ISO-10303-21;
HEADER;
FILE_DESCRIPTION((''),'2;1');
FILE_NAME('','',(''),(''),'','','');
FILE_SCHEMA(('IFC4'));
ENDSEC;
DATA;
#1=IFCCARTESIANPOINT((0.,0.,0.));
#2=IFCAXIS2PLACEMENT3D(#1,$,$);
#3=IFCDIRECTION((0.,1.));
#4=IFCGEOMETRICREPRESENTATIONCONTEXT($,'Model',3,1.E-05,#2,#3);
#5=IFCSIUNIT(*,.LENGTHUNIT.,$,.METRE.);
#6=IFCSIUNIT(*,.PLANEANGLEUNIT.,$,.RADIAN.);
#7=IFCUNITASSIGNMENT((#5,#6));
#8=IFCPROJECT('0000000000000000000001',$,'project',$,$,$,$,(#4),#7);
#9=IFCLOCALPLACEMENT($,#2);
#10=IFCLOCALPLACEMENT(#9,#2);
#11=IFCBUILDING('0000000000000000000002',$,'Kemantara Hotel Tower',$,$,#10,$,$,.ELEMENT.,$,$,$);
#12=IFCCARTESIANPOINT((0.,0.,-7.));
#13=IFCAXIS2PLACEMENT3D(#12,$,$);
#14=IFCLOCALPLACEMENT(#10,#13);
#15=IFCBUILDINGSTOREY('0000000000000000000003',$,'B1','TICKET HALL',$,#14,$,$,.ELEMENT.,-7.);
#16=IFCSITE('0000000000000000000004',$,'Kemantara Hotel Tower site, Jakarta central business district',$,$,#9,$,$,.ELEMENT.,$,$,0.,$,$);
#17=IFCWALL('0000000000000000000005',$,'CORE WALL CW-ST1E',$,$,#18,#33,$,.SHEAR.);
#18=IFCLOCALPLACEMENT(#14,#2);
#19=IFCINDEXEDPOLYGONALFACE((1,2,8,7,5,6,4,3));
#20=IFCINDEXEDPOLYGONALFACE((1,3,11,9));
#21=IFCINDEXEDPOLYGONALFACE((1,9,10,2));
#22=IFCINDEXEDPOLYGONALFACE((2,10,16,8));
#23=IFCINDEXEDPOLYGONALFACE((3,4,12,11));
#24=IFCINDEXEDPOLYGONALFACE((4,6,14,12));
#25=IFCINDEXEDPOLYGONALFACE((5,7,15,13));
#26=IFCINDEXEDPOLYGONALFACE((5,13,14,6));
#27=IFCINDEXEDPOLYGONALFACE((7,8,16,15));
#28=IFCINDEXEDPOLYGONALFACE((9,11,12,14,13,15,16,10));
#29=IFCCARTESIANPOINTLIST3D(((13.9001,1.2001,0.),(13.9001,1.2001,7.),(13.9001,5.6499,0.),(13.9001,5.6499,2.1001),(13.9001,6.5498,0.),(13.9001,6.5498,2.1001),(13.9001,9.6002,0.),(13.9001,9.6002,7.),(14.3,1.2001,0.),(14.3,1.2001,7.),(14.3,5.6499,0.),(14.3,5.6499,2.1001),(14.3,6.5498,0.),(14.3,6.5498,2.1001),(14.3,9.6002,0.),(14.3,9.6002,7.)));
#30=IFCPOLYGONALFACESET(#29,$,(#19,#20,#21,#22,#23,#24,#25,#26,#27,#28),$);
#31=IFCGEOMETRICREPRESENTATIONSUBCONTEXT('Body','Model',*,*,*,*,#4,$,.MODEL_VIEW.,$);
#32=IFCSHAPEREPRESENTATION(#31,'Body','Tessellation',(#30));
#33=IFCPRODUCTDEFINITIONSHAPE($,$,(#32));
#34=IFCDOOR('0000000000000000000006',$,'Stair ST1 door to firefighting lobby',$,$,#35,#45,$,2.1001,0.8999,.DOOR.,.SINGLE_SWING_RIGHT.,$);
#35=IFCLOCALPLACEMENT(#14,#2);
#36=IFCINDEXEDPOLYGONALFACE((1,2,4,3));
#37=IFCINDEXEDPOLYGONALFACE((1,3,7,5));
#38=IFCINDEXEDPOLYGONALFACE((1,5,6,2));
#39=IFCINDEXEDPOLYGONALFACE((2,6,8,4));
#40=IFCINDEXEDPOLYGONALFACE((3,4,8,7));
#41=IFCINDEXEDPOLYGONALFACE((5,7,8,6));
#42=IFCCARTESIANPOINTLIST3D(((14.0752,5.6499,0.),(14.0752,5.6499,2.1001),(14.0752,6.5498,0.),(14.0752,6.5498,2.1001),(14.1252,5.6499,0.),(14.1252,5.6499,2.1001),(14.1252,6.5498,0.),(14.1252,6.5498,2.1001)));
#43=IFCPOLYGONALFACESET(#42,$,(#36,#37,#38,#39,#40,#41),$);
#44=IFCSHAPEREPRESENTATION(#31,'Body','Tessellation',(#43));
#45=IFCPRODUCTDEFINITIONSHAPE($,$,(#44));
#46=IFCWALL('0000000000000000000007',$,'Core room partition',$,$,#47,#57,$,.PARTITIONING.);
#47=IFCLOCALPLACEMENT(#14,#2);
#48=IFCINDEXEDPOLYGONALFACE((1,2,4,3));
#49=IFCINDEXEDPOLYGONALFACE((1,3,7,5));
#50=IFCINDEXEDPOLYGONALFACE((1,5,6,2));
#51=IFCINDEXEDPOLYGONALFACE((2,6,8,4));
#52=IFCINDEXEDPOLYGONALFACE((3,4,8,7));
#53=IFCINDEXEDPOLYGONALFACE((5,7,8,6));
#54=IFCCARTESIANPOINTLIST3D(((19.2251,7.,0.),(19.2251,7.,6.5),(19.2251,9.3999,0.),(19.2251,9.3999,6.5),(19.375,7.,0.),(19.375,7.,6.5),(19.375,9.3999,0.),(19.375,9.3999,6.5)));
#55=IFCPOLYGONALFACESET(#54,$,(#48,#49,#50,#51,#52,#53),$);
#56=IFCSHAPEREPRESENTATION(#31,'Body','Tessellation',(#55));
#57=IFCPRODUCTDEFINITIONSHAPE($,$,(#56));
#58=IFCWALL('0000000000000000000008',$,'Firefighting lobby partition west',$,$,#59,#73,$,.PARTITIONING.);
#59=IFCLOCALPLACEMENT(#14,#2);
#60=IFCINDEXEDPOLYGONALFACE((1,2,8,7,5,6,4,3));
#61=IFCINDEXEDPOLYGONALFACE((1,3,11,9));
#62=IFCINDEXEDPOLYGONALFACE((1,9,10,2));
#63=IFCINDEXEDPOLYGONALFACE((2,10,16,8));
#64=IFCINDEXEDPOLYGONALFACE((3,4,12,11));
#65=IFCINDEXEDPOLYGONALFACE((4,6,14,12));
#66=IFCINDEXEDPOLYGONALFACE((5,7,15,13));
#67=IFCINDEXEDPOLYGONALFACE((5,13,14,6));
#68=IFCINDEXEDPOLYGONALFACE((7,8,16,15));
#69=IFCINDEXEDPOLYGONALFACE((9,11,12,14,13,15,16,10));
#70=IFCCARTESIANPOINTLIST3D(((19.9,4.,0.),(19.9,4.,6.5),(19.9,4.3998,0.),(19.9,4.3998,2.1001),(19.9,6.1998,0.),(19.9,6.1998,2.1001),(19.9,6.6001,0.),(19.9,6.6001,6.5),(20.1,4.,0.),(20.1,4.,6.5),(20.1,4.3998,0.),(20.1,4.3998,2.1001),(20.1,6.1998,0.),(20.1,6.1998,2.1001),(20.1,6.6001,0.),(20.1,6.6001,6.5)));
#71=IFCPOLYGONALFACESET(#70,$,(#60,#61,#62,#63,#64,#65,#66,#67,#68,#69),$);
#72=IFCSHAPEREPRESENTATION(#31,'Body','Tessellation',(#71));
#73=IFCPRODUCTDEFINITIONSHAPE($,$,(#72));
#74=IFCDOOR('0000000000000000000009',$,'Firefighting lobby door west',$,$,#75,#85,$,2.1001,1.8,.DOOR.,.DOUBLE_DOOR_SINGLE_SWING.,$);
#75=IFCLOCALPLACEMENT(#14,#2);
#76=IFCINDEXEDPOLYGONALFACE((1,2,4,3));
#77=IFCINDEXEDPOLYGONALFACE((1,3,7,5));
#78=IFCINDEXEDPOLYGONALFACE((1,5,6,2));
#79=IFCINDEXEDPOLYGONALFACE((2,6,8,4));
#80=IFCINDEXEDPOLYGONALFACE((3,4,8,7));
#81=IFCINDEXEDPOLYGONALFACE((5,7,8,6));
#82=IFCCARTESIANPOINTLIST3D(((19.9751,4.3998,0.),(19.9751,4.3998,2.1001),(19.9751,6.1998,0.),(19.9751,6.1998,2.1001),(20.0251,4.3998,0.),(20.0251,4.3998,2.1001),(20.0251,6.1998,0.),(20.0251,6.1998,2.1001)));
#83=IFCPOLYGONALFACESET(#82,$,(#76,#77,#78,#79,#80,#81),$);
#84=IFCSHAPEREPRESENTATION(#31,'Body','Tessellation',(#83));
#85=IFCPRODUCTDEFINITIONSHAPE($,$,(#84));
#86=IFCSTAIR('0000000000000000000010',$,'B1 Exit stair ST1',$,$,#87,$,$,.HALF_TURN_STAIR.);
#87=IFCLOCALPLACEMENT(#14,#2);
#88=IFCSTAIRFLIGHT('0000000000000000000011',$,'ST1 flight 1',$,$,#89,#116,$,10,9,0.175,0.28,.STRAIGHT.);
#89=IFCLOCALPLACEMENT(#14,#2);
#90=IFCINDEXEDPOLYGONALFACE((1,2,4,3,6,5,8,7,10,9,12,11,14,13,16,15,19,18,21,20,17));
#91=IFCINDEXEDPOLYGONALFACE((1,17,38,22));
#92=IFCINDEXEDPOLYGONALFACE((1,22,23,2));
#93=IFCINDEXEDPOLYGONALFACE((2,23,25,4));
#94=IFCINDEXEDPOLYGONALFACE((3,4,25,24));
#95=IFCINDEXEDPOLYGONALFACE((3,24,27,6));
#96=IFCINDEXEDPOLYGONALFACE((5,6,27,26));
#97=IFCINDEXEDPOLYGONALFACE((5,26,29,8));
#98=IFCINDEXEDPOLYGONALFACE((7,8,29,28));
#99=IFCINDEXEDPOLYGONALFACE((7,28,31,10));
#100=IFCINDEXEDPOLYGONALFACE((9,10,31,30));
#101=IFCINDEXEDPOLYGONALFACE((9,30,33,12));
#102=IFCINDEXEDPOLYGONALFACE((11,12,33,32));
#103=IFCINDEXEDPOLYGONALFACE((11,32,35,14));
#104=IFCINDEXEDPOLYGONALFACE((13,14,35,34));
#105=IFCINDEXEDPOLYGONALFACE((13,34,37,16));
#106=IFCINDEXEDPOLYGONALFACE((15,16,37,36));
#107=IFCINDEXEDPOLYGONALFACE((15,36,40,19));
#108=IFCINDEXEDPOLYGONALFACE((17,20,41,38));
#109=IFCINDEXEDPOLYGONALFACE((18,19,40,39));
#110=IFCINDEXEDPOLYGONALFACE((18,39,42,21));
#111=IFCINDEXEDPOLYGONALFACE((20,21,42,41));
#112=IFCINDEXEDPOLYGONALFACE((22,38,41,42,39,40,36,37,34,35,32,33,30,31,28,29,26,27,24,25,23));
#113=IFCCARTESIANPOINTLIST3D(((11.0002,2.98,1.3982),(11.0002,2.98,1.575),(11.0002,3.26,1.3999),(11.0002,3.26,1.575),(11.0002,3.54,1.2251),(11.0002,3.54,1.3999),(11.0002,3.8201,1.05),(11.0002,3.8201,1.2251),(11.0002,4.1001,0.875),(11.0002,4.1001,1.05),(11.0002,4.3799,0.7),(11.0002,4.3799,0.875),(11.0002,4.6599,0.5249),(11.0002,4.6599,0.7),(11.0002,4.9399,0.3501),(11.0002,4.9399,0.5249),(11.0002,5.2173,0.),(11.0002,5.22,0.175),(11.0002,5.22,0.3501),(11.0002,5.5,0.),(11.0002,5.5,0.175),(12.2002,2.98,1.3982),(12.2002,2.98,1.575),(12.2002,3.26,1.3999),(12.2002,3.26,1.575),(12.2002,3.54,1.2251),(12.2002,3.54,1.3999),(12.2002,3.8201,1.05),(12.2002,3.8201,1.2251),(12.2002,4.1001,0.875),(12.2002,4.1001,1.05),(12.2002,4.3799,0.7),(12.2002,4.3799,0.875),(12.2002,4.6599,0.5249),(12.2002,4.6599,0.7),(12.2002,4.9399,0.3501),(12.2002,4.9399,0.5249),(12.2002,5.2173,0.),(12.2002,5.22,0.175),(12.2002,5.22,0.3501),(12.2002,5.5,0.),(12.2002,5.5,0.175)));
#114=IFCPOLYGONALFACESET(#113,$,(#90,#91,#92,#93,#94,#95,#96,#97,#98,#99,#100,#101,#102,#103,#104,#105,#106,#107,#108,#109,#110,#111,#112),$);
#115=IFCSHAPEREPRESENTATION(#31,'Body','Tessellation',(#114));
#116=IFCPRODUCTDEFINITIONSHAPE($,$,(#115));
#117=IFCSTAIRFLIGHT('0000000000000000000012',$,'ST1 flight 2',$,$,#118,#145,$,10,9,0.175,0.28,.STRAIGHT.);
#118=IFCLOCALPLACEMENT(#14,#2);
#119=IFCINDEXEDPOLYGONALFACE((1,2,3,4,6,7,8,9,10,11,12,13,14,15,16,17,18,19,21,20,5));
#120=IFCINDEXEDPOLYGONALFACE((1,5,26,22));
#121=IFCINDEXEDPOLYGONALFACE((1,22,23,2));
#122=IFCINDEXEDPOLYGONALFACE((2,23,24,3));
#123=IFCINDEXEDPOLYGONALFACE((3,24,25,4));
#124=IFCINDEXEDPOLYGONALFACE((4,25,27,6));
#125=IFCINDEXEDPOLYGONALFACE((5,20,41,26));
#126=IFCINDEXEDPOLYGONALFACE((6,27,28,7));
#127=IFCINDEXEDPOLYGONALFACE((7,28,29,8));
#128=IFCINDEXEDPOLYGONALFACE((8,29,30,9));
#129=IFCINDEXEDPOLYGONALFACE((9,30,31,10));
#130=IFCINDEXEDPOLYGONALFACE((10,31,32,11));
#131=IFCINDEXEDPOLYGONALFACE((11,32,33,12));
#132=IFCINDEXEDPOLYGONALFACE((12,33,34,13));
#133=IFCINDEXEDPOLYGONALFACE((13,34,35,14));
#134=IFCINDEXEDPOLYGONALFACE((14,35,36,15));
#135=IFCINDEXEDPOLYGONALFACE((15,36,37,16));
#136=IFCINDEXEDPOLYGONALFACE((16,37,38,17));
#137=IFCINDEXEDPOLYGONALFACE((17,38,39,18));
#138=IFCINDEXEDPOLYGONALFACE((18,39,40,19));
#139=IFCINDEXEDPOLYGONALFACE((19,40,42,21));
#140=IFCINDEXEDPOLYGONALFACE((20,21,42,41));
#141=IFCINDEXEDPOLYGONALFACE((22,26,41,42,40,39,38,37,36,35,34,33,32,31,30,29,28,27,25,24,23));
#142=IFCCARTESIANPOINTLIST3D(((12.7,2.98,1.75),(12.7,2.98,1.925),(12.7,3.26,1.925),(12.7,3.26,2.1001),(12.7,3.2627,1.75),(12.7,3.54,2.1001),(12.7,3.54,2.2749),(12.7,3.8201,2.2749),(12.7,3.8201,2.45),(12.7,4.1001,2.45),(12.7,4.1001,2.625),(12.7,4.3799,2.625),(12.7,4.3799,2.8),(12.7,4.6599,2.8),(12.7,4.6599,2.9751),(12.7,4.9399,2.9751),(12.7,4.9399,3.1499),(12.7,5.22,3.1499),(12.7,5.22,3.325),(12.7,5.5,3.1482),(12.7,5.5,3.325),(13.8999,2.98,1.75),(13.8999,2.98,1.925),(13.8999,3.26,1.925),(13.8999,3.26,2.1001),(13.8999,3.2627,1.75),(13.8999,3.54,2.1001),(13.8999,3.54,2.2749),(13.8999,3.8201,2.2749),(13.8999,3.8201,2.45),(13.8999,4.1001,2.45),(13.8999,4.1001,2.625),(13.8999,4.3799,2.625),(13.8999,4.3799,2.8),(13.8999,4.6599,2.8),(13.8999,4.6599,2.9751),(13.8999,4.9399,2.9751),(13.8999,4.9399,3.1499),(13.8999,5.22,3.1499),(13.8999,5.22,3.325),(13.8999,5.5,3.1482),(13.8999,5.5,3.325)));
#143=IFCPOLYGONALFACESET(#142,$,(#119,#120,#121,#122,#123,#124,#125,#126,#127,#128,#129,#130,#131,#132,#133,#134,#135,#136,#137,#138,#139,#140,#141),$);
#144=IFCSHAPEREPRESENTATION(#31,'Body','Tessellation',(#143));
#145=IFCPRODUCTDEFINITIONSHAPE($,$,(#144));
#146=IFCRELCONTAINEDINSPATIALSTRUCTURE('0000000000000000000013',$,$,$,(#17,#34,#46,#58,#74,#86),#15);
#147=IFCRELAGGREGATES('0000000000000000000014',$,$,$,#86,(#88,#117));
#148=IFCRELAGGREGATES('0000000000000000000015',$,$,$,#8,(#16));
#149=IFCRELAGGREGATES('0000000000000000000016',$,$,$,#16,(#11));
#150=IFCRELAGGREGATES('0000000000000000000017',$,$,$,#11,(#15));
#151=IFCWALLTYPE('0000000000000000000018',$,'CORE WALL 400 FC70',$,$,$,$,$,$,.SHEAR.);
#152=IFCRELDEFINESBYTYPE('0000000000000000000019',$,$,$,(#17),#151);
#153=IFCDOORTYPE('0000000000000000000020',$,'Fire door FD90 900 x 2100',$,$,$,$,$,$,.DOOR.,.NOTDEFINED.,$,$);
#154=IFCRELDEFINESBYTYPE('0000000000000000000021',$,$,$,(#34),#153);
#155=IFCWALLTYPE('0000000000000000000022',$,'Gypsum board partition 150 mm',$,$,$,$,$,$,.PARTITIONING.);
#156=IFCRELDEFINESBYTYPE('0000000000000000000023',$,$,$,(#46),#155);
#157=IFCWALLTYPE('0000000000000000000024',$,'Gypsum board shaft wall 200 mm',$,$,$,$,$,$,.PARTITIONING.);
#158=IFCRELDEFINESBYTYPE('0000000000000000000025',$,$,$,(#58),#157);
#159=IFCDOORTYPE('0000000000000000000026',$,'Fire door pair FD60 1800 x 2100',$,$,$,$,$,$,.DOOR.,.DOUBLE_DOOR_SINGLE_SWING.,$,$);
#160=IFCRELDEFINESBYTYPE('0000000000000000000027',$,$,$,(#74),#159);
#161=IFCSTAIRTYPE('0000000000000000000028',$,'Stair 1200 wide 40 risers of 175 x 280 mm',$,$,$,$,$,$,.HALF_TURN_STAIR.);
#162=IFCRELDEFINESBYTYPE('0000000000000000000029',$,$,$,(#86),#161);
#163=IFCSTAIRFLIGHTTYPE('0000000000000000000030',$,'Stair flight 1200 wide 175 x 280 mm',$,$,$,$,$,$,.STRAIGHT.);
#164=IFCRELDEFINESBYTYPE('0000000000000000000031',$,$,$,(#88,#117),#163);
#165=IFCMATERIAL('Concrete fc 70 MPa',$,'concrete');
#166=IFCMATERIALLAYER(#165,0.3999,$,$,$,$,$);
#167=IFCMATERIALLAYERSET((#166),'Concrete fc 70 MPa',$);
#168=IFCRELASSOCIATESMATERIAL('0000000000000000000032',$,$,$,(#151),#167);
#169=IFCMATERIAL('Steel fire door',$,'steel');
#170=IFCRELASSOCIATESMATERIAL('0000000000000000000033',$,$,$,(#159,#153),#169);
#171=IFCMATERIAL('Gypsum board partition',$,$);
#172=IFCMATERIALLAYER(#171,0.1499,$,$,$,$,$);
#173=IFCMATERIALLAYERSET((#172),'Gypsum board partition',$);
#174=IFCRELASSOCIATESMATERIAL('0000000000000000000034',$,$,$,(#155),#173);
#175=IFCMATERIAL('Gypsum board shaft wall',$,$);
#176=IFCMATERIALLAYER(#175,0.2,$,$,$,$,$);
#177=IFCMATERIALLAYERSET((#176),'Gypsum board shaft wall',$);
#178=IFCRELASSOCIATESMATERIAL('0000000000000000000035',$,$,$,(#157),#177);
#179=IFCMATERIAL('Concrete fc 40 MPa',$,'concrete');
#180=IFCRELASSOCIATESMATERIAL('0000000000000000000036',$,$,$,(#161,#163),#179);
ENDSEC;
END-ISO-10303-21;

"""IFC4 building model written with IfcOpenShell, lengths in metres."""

from ifc_helpers import new_model, si_unit, direction, frame, frame_2d, origin, place, context, subcontext, project, spatial, polyline, rectangle, outline, extrude, material, layer, layer_set, type_object, element, fill, aggregate, save


model = new_model("IFC4")

# Units and contexts
model_context = context("Model", 3, precision=1e-05, world=origin(), true_north=direction((0.0, 1.0)))
body_context = subcontext(model_context, "Body", "Model", "MODEL_VIEW")
ifc_project = project(units=[si_unit("LENGTHUNIT", "METRE"), si_unit("PLANEANGLEUNIT", "RADIAN")], contexts=[model_context])

# Site, building, storey
site_placement = place(None, origin())
site = spatial("IfcSite", under=ifc_project, at=site_placement, Name="Kemantara Hotel Tower site, Jakarta central business district", CompositionType="ELEMENT", RefElevation=0.0)
building_placement = place(site_placement, origin())
building = spatial("IfcBuilding", under=site, at=building_placement, Name="Kemantara Hotel Tower", CompositionType="ELEMENT")
storey_placement = place(building_placement, frame((0.0, 0.0, -7.0)))
storey = spatial("IfcBuildingStorey", under=building, at=storey_placement, Name="B1", Description="TICKET HALL", CompositionType="ELEMENT", Elevation=-7.0)

# Shared definitions
ifc_material_1 = material(Name="Concrete fc 70 MPa", Category="concrete")

# Shared definitions
ifc_layer_1 = layer(ifc_material_1, 0.3999)
ifc_layer_set_1 = layer_set([ifc_layer_1], Name="Concrete fc 70 MPa")
wall_type_1 = type_object("IfcWallType", Name="CORE WALL 400 FC70", PredefinedType="SHEAR", material=ifc_layer_set_1)
ifc_material_2 = material(Name="Steel fire door", Category="steel")

# Shared definitions
door_type_1 = type_object("IfcDoorType", Name="Fire door pair FD60 1800 x 2100", OperationType="DOUBLE_DOOR_SINGLE_SWING", PredefinedType="DOOR", material=ifc_material_2)

# Wall, opening, door
wall_1_placement = place(storey_placement, frame((14.1001, 1.2, 0.0), z_axis=(0.0, 0.0, 1.0), x_axis=(0.0, 1.0, 0.0)))
wall_1 = element("IfcWall", 1, at=wall_1_placement, inside=storey, type_object=wall_type_1, Name="CORE WALL CW-ST1E", PredefinedType="SHEAR", context=body_context, shape_type="SweptSolid", body=[
    extrude(rectangle(XDim=8.4001, YDim=0.3999, at=frame_2d((4.2002, 0.0))), origin(), (0.0, 0.0, 1.0), 7.0),
])
opening_1_placement = place(wall_1_placement, frame((4.45, 0.0, 0.0)))
opening_1 = element("IfcOpeningElement", 2, at=opening_1_placement, cuts=wall_1, PredefinedType="OPENING", context=body_context, shape_type="SweptSolid", body=[
    extrude(rectangle(XDim=0.8999, YDim=2.1001, at=frame_2d((0.45, 1.05))), frame((0.0, 0.21, 0.0), z_axis=(0.0, -1.0, 0.0), x_axis=(1.0, 0.0, 0.0)), (0.0, 0.0, 1.0), 0.4199),
])
door_type_2 = type_object("IfcDoorType", Name="Fire door FD90 900 x 2100", OperationType="NOTDEFINED", PredefinedType="DOOR", material=ifc_material_2)
door_1_placement = place(opening_1_placement, origin())
door_1 = element("IfcDoor", 3, at=door_1_placement, inside=storey, type_object=door_type_2, Name="Stair ST1 door to firefighting lobby", OperationType="SINGLE_SWING_RIGHT", OverallHeight=2.1001, OverallWidth=0.8999, PredefinedType="DOOR", context=body_context, shape_type="SweptSolid", body=[
    extrude(rectangle(XDim=0.8999, YDim=2.1001, at=frame_2d((0.45, 1.05))), frame((0.0, 0.0249, 0.0), z_axis=(0.0, -1.0, 0.0), x_axis=(1.0, 0.0, 0.0)), (0.0, 0.0, 1.0), 0.05),
])
fill(opening_1, door_1)

# Wall
ifc_material_3 = material(Name="Gypsum board partition")
ifc_layer_2 = layer(ifc_material_3, 0.1499)
ifc_layer_set_2 = layer_set([ifc_layer_2], Name="Gypsum board partition")
wall_type_2 = type_object("IfcWallType", Name="Gypsum board partition 150 mm", PredefinedType="PARTITIONING", material=ifc_layer_set_2)
wall_2_placement = place(storey_placement, frame((19.3, 7.0, 0.0), z_axis=(0.0, 0.0, 1.0), x_axis=(0.0, 1.0, 0.0)))
element("IfcWall", 4, at=wall_2_placement, inside=storey, type_object=wall_type_2, Name="Core room partition", PredefinedType="PARTITIONING", context=body_context, shape_type="SweptSolid", body=[
    extrude(rectangle(XDim=2.3999, YDim=0.1499, at=frame_2d((1.2, 0.0))), origin(), (0.0, 0.0, 1.0), 6.5),
])

# Wall, opening, door
ifc_material_4 = material(Name="Gypsum board shaft wall")
ifc_layer_3 = layer(ifc_material_4, 0.2)
ifc_layer_set_3 = layer_set([ifc_layer_3], Name="Gypsum board shaft wall")
wall_type_3 = type_object("IfcWallType", Name="Gypsum board shaft wall 200 mm", PredefinedType="PARTITIONING", material=ifc_layer_set_3)
wall_3_placement = place(storey_placement, frame((20.0, 4.0, 0.0), z_axis=(0.0, 0.0, 1.0), x_axis=(0.0, 1.0, 0.0)))
wall_3 = element("IfcWall", 5, at=wall_3_placement, inside=storey, type_object=wall_type_3, Name="Firefighting lobby partition west", PredefinedType="PARTITIONING", context=body_context, shape_type="SweptSolid", body=[
    extrude(rectangle(XDim=2.6001, YDim=0.2, at=frame_2d((1.3, 0.0))), origin(), (0.0, 0.0, 1.0), 6.5),
])
opening_2_placement = place(wall_3_placement, frame((0.3999, 0.0, 0.0)))
opening_2 = element("IfcOpeningElement", 6, at=opening_2_placement, cuts=wall_3, PredefinedType="OPENING", context=body_context, shape_type="SweptSolid", body=[
    extrude(rectangle(XDim=1.8, YDim=2.1001, at=frame_2d((0.8999, 1.05))), frame((0.0, 0.1099, 0.0), z_axis=(0.0, -1.0, 0.0), x_axis=(1.0, 0.0, 0.0)), (0.0, 0.0, 1.0), 0.22),
])
door_2_placement = place(opening_2_placement, origin())
door_2 = element("IfcDoor", 7, at=door_2_placement, inside=storey, type_object=door_type_1, Name="Firefighting lobby door west", OperationType="DOUBLE_DOOR_SINGLE_SWING", OverallHeight=2.1001, OverallWidth=1.8, PredefinedType="DOOR", context=body_context, shape_type="SweptSolid", body=[
    extrude(rectangle(XDim=1.8, YDim=2.1001, at=frame_2d((0.8999, 1.05))), frame((0.0, 0.0249, 0.0), z_axis=(0.0, -1.0, 0.0), x_axis=(1.0, 0.0, 0.0)), (0.0, 0.0, 1.0), 0.05),
])
fill(opening_2, door_2)

# Stair, stair flights
ifc_material_5 = material(Name="Concrete fc 40 MPa", Category="concrete")
stair_type = type_object("IfcStairType", Name="Stair 1200 wide 40 risers of 175 x 280 mm", PredefinedType="HALF_TURN_STAIR", material=ifc_material_5)
stair_placement = place(storey_placement, origin())
stair = element("IfcStair", 8, at=stair_placement, inside=storey, type_object=stair_type, Name="B1 Exit stair ST1", PredefinedType="HALF_TURN_STAIR")
stair_flight_type = type_object("IfcStairFlightType", Name="Stair flight 1200 wide 175 x 280 mm", PredefinedType="STRAIGHT", material=ifc_material_5)
stair_flight_1_placement = place(storey_placement, frame((11.6001, 5.5, 0.0), z_axis=(0.0, 0.0, 1.0), x_axis=(0.0, -1.0, 0.0)))
stair_flight_1 = element("IfcStairFlight", 9, at=stair_flight_1_placement, type_object=stair_flight_type, Name="ST1 flight 1", NumberOfRisers=10, NumberOfTreads=9, PredefinedType="STRAIGHT", RiserHeight=0.175, TreadLength=0.28, context=body_context, shape_type="SweptSolid", body=[
    extrude(outline(polyline([(0.0, 0.0), (0.0, 0.175), (0.28, 0.175), (0.28, 0.3501), (0.5601, 0.3501), (0.5601, 0.5249), (0.8401, 0.5249), (0.8401, 0.7), (1.1201, 0.7), (1.1201, 0.875), (1.3999, 0.875), (1.3999, 1.05), (1.6799, 1.05), (1.6799, 1.2251), (1.96, 1.2251), (1.96, 1.3999), (2.24, 1.3999), (2.24, 1.575), (2.52, 1.575), (2.52, 1.75), (2.52, 1.3982), (0.2827, 0.0), (0.0, 0.0)])), frame((0.0, 0.6001, 0.0), z_axis=(0.0, -1.0, 0.0), x_axis=(1.0, 0.0, 0.0)), (0.0, 0.0, 1.0), 1.2),
])
stair_flight_2_placement = place(storey_placement, frame((13.3, 2.98, 1.75), z_axis=(0.0, 0.0, 1.0), x_axis=(0.0, 1.0, 0.0)))
stair_flight_2 = element("IfcStairFlight", 10, at=stair_flight_2_placement, type_object=stair_flight_type, Name="ST1 flight 2", NumberOfRisers=10, NumberOfTreads=9, PredefinedType="STRAIGHT", RiserHeight=0.175, TreadLength=0.28, context=body_context, shape_type="SweptSolid", body=[
    extrude(outline(polyline([(0.0, 0.0), (0.0, 0.175), (0.28, 0.175), (0.28, 0.3501), (0.5601, 0.3501), (0.5601, 0.5249), (0.8401, 0.5249), (0.8401, 0.7), (1.1201, 0.7), (1.1201, 0.875), (1.3999, 0.875), (1.3999, 1.05), (1.6799, 1.05), (1.6799, 1.2251), (1.96, 1.2251), (1.96, 1.3999), (2.24, 1.3999), (2.24, 1.575), (2.52, 1.575), (2.52, 1.75), (2.52, 1.3982), (0.2827, 0.0), (0.0, 0.0)])), frame((0.0, 0.6001, 0.0), z_axis=(0.0, -1.0, 0.0), x_axis=(1.0, 0.0, 0.0)), (0.0, 0.0, 1.0), 1.2),
])
aggregate(stair, [stair_flight_1, stair_flight_2])

save(model, "model.ifc")
